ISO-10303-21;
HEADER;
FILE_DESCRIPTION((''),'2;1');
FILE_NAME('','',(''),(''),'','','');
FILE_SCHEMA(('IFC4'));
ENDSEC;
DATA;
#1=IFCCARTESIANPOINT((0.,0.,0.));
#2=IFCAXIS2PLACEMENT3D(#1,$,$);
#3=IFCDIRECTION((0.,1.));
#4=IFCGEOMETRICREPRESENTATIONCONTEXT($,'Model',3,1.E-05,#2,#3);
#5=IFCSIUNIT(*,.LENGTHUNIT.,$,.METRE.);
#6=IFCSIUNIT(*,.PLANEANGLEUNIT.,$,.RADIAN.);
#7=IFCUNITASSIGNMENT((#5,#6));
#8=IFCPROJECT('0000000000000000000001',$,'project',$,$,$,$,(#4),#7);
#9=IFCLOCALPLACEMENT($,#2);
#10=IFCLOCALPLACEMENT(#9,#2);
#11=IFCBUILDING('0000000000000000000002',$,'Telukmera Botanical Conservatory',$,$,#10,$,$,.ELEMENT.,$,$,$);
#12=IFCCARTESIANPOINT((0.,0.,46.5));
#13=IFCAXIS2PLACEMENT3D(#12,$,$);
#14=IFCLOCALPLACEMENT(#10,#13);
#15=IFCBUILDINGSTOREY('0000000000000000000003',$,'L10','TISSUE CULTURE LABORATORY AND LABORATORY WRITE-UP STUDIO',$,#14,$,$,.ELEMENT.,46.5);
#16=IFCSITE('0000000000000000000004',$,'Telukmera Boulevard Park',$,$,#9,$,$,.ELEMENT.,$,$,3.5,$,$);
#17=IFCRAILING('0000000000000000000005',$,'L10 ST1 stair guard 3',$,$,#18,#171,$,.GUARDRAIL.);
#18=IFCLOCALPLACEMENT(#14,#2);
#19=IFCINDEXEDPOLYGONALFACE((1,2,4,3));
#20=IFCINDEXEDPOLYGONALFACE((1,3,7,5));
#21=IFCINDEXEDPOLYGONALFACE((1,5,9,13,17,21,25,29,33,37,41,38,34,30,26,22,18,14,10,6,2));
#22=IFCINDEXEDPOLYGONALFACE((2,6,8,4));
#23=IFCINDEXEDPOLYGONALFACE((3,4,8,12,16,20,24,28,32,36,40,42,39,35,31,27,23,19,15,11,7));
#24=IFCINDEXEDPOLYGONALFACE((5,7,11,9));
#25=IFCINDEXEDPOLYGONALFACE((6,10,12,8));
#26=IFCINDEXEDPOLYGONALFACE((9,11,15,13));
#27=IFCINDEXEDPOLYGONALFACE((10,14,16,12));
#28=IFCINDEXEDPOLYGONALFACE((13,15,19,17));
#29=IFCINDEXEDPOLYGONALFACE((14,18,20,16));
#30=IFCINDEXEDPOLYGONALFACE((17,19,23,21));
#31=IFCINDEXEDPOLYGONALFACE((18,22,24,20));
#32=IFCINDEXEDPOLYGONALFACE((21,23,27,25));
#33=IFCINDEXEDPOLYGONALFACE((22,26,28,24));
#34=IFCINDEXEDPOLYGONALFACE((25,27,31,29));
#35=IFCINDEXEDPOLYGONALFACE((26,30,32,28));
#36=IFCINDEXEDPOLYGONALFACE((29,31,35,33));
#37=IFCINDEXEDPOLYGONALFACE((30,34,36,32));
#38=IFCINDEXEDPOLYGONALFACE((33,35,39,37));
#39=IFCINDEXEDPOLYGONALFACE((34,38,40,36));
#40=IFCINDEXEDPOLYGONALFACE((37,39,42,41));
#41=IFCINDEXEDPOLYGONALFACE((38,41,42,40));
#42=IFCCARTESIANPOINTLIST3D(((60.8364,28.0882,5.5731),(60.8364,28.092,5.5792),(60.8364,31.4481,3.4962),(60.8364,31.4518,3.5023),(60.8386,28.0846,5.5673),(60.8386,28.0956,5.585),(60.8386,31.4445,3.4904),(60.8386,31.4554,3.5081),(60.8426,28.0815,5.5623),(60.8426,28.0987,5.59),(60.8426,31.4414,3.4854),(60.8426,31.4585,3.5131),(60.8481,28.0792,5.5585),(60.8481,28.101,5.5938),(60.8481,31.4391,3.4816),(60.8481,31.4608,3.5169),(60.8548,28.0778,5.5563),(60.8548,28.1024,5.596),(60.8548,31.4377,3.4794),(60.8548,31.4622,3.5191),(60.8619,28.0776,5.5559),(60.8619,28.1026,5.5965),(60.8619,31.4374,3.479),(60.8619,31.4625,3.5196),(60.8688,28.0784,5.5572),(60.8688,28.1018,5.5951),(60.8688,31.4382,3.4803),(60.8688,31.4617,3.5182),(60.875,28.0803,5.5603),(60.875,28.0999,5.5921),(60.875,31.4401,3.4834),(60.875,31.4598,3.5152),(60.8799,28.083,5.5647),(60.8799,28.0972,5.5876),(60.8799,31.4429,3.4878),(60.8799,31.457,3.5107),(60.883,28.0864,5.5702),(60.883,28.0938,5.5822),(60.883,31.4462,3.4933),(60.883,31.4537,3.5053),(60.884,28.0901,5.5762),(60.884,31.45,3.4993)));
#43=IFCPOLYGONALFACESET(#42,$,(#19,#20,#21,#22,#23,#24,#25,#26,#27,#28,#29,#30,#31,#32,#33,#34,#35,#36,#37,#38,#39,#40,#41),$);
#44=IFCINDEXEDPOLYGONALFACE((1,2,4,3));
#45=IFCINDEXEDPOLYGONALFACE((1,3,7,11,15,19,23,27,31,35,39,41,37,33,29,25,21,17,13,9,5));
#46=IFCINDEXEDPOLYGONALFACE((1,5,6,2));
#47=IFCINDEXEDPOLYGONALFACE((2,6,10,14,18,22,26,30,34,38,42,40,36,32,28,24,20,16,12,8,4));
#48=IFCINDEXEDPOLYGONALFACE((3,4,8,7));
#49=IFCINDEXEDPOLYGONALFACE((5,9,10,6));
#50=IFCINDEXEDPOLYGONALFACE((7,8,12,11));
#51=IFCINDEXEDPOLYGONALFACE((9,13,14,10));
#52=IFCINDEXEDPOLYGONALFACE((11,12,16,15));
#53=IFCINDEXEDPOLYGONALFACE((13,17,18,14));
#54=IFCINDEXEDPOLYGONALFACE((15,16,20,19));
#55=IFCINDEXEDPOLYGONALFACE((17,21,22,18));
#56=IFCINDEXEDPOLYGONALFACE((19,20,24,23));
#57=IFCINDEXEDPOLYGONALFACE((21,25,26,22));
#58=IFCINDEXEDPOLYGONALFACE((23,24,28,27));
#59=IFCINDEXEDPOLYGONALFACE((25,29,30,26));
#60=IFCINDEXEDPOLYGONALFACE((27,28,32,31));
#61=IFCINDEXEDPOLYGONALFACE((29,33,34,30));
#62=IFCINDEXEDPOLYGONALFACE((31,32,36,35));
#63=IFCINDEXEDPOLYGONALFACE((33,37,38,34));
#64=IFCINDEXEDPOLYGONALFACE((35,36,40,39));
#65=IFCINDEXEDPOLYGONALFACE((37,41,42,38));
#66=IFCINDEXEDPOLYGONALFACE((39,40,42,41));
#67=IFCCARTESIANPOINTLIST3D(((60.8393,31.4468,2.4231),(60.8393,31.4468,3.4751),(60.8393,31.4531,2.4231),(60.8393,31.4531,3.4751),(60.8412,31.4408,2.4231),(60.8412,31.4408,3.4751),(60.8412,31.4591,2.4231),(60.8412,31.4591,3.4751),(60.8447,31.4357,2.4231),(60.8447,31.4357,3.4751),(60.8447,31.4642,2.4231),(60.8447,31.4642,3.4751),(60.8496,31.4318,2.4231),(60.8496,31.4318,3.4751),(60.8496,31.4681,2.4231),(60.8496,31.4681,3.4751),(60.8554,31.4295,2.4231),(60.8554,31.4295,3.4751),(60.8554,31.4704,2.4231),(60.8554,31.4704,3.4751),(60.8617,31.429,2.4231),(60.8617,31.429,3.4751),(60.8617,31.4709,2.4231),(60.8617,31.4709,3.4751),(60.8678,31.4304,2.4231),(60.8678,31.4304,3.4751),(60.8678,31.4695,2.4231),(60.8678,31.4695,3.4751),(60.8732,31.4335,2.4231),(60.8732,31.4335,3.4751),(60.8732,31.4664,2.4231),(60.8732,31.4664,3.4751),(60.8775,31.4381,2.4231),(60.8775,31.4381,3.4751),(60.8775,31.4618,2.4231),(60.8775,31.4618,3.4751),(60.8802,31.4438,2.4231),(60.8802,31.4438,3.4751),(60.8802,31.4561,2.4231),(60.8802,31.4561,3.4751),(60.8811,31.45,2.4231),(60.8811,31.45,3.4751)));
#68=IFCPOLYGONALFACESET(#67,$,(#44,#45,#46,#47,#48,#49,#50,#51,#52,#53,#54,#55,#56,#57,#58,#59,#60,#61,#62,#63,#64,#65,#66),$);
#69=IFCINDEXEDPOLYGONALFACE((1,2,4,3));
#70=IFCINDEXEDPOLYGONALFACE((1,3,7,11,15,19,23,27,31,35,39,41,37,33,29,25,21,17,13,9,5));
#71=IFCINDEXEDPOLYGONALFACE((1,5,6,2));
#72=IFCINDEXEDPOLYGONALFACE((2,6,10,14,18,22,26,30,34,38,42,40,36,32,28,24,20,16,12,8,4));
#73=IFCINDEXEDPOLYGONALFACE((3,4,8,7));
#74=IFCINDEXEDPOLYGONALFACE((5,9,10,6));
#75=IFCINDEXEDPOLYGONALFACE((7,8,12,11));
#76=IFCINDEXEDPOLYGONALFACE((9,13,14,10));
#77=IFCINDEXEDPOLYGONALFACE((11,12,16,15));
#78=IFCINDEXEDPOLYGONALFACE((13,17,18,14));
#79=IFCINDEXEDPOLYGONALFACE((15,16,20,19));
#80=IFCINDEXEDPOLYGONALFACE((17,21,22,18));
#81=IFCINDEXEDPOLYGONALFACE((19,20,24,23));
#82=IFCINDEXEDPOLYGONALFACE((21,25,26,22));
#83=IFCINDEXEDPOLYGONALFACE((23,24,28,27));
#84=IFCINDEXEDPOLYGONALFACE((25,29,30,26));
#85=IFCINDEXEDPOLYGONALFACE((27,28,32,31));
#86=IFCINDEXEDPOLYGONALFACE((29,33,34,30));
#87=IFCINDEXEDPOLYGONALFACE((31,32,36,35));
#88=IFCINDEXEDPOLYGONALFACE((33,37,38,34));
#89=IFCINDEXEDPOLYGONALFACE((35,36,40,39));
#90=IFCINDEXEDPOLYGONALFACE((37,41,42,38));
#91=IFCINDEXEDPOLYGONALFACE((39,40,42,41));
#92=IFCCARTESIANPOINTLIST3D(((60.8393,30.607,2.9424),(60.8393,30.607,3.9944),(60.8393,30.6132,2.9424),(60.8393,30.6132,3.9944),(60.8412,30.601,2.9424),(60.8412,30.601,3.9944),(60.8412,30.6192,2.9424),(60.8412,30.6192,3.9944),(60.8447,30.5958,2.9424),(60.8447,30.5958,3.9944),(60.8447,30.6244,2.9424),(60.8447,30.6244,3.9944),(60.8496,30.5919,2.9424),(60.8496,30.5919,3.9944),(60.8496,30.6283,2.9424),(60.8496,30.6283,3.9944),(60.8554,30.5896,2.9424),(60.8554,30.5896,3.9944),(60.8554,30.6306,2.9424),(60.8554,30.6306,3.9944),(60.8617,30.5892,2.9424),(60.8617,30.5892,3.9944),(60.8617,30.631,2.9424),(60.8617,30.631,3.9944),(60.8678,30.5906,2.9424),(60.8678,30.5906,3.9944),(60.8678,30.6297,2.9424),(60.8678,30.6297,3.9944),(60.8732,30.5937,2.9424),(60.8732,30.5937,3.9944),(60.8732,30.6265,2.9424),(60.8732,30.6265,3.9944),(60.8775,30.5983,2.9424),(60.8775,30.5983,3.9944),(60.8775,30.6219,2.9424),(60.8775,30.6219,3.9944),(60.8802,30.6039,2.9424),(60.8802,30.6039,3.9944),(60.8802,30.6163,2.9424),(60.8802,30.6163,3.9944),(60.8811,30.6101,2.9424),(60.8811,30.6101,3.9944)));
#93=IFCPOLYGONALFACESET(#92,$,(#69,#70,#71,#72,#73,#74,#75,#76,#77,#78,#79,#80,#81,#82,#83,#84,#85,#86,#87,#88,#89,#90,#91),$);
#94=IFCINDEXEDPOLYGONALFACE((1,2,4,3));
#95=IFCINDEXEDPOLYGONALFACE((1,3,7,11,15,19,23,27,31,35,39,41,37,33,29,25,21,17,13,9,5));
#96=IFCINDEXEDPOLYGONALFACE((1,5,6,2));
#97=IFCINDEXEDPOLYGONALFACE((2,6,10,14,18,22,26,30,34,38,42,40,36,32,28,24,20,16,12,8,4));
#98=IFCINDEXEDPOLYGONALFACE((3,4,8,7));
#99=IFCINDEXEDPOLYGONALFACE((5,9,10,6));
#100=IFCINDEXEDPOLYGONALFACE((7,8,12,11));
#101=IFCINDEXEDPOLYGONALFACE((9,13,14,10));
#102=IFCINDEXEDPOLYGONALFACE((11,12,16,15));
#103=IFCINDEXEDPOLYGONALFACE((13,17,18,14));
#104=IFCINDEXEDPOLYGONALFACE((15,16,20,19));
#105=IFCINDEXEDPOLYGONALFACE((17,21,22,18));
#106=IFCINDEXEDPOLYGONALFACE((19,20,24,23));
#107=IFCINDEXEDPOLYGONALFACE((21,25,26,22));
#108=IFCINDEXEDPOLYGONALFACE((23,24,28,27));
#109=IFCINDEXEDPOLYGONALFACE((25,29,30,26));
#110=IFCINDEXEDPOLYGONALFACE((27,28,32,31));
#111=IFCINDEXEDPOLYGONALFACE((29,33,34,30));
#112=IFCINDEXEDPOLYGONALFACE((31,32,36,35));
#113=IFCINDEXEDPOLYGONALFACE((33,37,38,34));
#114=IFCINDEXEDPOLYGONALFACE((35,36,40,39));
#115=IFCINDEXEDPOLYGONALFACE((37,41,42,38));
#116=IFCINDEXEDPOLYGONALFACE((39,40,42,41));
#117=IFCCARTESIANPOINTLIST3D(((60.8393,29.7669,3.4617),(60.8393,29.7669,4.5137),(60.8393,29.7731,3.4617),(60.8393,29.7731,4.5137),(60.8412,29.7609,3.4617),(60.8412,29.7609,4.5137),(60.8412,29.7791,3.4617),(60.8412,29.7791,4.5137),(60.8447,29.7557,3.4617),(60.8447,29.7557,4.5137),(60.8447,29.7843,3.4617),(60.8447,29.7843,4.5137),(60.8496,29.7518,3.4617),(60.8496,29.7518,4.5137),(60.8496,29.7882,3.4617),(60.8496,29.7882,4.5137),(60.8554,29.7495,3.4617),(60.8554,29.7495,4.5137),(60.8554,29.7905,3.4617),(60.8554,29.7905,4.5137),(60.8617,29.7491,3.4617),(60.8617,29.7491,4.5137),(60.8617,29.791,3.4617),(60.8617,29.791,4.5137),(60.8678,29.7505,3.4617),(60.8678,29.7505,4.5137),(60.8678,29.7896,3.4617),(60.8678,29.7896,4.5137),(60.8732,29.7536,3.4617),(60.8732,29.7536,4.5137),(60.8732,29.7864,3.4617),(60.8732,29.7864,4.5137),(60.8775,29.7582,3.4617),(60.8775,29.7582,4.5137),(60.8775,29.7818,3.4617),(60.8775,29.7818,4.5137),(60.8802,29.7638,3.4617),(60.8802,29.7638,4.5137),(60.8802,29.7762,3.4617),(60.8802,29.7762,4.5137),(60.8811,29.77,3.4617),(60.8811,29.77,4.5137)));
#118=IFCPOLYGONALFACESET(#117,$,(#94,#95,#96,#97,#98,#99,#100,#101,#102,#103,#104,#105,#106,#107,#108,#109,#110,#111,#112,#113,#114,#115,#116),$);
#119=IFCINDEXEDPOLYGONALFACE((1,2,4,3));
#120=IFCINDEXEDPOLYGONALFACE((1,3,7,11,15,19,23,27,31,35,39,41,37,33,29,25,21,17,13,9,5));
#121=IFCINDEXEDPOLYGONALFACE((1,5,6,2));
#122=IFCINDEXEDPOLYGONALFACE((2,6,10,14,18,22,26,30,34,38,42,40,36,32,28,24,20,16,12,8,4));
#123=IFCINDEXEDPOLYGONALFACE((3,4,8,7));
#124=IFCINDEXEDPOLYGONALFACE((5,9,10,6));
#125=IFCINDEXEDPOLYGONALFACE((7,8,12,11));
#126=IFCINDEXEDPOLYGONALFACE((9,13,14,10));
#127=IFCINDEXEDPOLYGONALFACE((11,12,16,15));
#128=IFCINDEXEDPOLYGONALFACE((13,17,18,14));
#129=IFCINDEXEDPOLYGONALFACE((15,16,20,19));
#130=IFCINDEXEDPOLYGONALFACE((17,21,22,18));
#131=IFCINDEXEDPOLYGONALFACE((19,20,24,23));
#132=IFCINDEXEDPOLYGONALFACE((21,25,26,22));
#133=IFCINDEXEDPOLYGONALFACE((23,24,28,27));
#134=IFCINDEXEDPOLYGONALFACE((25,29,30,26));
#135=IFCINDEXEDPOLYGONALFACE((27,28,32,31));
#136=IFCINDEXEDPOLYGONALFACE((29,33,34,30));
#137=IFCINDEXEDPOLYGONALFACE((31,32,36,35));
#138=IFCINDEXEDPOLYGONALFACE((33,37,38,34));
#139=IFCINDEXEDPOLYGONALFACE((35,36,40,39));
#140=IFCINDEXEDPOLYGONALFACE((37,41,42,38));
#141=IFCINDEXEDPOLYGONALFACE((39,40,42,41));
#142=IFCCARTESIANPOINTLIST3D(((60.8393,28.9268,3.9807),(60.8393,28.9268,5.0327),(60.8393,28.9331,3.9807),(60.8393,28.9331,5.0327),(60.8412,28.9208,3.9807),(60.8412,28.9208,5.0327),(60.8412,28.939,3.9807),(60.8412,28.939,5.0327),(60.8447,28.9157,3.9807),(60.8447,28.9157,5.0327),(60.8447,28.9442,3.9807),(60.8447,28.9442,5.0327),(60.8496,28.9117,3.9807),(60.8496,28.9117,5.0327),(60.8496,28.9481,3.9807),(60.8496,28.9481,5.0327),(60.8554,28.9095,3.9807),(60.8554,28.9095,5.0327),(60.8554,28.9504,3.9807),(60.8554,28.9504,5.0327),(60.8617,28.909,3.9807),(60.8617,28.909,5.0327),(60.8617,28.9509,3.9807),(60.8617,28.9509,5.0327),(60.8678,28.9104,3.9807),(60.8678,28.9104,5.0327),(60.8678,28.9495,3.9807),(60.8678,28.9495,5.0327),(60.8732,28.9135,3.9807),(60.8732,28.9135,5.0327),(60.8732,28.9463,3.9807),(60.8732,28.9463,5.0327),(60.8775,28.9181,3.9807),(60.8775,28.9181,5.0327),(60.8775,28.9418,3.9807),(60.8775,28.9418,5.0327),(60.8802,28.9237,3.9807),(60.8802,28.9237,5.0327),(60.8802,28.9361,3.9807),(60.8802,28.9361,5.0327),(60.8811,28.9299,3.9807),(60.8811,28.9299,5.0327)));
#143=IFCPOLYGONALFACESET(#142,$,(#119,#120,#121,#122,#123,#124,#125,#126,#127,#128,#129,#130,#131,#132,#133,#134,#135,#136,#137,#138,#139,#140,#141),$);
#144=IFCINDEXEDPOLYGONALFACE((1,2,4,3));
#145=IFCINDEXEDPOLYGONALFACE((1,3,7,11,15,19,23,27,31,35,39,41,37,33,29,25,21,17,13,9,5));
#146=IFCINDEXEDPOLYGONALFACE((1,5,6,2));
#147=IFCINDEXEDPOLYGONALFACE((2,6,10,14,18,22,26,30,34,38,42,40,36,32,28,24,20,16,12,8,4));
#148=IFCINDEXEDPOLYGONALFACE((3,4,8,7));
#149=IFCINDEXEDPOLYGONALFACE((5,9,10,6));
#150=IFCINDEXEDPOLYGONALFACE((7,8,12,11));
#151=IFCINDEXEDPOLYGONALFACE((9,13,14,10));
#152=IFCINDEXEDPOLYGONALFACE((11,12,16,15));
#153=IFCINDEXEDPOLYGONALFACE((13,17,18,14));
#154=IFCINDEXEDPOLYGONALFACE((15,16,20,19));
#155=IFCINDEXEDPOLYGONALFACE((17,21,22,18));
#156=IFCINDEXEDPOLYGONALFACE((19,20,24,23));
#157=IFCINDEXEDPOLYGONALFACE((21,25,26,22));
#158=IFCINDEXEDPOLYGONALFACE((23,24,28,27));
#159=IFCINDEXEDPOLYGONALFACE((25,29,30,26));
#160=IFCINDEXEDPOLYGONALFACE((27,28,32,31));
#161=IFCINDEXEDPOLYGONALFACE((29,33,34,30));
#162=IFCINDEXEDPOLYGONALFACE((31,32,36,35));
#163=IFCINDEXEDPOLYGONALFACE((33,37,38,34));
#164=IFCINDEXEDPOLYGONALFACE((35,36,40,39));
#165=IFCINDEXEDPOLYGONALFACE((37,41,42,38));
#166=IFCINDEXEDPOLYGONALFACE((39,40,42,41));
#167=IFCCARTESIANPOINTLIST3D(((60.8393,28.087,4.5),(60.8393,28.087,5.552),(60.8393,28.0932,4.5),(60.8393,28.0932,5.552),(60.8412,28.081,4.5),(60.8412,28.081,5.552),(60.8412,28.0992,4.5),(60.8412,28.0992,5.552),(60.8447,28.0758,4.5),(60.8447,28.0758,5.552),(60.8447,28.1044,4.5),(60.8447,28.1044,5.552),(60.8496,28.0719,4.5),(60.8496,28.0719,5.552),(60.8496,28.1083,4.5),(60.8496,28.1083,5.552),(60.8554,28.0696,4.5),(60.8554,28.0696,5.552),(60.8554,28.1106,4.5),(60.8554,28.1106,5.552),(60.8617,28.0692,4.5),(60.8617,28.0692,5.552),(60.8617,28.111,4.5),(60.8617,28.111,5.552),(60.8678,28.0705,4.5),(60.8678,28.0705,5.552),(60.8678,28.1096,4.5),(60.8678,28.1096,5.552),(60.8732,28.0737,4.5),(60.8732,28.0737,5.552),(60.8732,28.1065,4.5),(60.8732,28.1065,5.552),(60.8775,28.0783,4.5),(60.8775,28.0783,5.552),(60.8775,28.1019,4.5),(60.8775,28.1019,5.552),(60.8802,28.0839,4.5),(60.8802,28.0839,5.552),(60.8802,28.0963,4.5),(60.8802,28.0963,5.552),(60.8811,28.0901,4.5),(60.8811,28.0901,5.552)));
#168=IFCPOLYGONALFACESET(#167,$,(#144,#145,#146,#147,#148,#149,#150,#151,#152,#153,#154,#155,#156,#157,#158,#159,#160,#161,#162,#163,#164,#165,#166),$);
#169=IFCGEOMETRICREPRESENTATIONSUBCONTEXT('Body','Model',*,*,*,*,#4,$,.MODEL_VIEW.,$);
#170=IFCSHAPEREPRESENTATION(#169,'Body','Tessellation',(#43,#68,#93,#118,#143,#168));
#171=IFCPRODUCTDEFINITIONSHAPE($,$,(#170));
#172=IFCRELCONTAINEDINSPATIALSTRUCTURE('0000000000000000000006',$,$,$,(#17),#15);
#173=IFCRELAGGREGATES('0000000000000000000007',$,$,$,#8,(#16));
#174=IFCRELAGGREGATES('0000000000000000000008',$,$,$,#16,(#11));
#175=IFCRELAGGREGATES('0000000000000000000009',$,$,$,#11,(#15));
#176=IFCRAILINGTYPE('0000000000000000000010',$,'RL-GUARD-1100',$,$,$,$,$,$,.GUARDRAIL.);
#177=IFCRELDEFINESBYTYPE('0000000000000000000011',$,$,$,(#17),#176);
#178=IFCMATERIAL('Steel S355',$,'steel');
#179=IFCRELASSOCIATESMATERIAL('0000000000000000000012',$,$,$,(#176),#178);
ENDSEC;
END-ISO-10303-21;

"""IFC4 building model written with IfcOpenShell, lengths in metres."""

from ifc_helpers import new_model, si_unit, direction, frame, origin, origin_2d, place, context, subcontext, project, spatial, circle, extrude, material, type_object, element, save


model = new_model("IFC4")

# Units and contexts
model_context = context("Model", 3, precision=1e-05, world=origin(), true_north=direction((0.0, 1.0)))
body_context = subcontext(model_context, "Body", "Model", "MODEL_VIEW")
ifc_project = project(units=[si_unit("LENGTHUNIT", "METRE"), si_unit("PLANEANGLEUNIT", "RADIAN")], contexts=[model_context])

# Site, building, storey
site_placement = place(None, origin())
site = spatial("IfcSite", under=ifc_project, at=site_placement, Name="Telukmera Boulevard Park", CompositionType="ELEMENT", RefElevation=3.5)
building_placement = place(site_placement, origin())
building = spatial("IfcBuilding", under=site, at=building_placement, Name="Telukmera Botanical Conservatory", CompositionType="ELEMENT")
storey_placement = place(building_placement, frame((0.0, 0.0, 46.5)))
storey = spatial("IfcBuildingStorey", under=building, at=storey_placement, Name="L10", Description="TISSUE CULTURE LABORATORY AND LABORATORY WRITE-UP STUDIO", CompositionType="ELEMENT", Elevation=46.5)

# Railing
ifc_material_1 = material(Name="Steel S355", Category="steel")
railing_type_1 = type_object("IfcRailingType", Name="RL-GUARD-1100", PredefinedType="GUARDRAIL", material=ifc_material_1)
railing_1_placement = place(storey_placement, frame((60.8601, 31.45, 2.4231)))
element("IfcRailing", 1, at=railing_1_placement, inside=storey, type_object=railing_type_1, Name="L10 ST1 stair guard 3", PredefinedType="GUARDRAIL", context=body_context, shape_type="SweptSolid", body=[
    extrude(circle(Radius=0.0239, at=origin_2d()), frame((0.0, 0.0, 1.0762), z_axis=(0.0, -0.850606, 0.525803), x_axis=(1.0, 0.0, 0.0)), (0.0, 0.0, 1.0), 3.95),
    extrude(circle(Radius=0.021, at=origin_2d()), origin(), (0.0, 0.0, 1.0), 1.052),
    extrude(circle(Radius=0.021, at=origin_2d()), frame((0.0, -0.8398, 0.5193)), (0.0, 0.0, 1.0), 1.052),
    extrude(circle(Radius=0.021, at=origin_2d()), frame((0.0, -1.6799, 1.0386)), (0.0, 0.0, 1.0), 1.052),
    extrude(circle(Radius=0.021, at=origin_2d()), frame((0.0, -2.52, 1.5576)), (0.0, 0.0, 1.0), 1.052),
    extrude(circle(Radius=0.021, at=origin_2d()), frame((0.0, -3.3599, 2.0769)), (0.0, 0.0, 1.0), 1.052),
])

save(model, "model.ifc")
